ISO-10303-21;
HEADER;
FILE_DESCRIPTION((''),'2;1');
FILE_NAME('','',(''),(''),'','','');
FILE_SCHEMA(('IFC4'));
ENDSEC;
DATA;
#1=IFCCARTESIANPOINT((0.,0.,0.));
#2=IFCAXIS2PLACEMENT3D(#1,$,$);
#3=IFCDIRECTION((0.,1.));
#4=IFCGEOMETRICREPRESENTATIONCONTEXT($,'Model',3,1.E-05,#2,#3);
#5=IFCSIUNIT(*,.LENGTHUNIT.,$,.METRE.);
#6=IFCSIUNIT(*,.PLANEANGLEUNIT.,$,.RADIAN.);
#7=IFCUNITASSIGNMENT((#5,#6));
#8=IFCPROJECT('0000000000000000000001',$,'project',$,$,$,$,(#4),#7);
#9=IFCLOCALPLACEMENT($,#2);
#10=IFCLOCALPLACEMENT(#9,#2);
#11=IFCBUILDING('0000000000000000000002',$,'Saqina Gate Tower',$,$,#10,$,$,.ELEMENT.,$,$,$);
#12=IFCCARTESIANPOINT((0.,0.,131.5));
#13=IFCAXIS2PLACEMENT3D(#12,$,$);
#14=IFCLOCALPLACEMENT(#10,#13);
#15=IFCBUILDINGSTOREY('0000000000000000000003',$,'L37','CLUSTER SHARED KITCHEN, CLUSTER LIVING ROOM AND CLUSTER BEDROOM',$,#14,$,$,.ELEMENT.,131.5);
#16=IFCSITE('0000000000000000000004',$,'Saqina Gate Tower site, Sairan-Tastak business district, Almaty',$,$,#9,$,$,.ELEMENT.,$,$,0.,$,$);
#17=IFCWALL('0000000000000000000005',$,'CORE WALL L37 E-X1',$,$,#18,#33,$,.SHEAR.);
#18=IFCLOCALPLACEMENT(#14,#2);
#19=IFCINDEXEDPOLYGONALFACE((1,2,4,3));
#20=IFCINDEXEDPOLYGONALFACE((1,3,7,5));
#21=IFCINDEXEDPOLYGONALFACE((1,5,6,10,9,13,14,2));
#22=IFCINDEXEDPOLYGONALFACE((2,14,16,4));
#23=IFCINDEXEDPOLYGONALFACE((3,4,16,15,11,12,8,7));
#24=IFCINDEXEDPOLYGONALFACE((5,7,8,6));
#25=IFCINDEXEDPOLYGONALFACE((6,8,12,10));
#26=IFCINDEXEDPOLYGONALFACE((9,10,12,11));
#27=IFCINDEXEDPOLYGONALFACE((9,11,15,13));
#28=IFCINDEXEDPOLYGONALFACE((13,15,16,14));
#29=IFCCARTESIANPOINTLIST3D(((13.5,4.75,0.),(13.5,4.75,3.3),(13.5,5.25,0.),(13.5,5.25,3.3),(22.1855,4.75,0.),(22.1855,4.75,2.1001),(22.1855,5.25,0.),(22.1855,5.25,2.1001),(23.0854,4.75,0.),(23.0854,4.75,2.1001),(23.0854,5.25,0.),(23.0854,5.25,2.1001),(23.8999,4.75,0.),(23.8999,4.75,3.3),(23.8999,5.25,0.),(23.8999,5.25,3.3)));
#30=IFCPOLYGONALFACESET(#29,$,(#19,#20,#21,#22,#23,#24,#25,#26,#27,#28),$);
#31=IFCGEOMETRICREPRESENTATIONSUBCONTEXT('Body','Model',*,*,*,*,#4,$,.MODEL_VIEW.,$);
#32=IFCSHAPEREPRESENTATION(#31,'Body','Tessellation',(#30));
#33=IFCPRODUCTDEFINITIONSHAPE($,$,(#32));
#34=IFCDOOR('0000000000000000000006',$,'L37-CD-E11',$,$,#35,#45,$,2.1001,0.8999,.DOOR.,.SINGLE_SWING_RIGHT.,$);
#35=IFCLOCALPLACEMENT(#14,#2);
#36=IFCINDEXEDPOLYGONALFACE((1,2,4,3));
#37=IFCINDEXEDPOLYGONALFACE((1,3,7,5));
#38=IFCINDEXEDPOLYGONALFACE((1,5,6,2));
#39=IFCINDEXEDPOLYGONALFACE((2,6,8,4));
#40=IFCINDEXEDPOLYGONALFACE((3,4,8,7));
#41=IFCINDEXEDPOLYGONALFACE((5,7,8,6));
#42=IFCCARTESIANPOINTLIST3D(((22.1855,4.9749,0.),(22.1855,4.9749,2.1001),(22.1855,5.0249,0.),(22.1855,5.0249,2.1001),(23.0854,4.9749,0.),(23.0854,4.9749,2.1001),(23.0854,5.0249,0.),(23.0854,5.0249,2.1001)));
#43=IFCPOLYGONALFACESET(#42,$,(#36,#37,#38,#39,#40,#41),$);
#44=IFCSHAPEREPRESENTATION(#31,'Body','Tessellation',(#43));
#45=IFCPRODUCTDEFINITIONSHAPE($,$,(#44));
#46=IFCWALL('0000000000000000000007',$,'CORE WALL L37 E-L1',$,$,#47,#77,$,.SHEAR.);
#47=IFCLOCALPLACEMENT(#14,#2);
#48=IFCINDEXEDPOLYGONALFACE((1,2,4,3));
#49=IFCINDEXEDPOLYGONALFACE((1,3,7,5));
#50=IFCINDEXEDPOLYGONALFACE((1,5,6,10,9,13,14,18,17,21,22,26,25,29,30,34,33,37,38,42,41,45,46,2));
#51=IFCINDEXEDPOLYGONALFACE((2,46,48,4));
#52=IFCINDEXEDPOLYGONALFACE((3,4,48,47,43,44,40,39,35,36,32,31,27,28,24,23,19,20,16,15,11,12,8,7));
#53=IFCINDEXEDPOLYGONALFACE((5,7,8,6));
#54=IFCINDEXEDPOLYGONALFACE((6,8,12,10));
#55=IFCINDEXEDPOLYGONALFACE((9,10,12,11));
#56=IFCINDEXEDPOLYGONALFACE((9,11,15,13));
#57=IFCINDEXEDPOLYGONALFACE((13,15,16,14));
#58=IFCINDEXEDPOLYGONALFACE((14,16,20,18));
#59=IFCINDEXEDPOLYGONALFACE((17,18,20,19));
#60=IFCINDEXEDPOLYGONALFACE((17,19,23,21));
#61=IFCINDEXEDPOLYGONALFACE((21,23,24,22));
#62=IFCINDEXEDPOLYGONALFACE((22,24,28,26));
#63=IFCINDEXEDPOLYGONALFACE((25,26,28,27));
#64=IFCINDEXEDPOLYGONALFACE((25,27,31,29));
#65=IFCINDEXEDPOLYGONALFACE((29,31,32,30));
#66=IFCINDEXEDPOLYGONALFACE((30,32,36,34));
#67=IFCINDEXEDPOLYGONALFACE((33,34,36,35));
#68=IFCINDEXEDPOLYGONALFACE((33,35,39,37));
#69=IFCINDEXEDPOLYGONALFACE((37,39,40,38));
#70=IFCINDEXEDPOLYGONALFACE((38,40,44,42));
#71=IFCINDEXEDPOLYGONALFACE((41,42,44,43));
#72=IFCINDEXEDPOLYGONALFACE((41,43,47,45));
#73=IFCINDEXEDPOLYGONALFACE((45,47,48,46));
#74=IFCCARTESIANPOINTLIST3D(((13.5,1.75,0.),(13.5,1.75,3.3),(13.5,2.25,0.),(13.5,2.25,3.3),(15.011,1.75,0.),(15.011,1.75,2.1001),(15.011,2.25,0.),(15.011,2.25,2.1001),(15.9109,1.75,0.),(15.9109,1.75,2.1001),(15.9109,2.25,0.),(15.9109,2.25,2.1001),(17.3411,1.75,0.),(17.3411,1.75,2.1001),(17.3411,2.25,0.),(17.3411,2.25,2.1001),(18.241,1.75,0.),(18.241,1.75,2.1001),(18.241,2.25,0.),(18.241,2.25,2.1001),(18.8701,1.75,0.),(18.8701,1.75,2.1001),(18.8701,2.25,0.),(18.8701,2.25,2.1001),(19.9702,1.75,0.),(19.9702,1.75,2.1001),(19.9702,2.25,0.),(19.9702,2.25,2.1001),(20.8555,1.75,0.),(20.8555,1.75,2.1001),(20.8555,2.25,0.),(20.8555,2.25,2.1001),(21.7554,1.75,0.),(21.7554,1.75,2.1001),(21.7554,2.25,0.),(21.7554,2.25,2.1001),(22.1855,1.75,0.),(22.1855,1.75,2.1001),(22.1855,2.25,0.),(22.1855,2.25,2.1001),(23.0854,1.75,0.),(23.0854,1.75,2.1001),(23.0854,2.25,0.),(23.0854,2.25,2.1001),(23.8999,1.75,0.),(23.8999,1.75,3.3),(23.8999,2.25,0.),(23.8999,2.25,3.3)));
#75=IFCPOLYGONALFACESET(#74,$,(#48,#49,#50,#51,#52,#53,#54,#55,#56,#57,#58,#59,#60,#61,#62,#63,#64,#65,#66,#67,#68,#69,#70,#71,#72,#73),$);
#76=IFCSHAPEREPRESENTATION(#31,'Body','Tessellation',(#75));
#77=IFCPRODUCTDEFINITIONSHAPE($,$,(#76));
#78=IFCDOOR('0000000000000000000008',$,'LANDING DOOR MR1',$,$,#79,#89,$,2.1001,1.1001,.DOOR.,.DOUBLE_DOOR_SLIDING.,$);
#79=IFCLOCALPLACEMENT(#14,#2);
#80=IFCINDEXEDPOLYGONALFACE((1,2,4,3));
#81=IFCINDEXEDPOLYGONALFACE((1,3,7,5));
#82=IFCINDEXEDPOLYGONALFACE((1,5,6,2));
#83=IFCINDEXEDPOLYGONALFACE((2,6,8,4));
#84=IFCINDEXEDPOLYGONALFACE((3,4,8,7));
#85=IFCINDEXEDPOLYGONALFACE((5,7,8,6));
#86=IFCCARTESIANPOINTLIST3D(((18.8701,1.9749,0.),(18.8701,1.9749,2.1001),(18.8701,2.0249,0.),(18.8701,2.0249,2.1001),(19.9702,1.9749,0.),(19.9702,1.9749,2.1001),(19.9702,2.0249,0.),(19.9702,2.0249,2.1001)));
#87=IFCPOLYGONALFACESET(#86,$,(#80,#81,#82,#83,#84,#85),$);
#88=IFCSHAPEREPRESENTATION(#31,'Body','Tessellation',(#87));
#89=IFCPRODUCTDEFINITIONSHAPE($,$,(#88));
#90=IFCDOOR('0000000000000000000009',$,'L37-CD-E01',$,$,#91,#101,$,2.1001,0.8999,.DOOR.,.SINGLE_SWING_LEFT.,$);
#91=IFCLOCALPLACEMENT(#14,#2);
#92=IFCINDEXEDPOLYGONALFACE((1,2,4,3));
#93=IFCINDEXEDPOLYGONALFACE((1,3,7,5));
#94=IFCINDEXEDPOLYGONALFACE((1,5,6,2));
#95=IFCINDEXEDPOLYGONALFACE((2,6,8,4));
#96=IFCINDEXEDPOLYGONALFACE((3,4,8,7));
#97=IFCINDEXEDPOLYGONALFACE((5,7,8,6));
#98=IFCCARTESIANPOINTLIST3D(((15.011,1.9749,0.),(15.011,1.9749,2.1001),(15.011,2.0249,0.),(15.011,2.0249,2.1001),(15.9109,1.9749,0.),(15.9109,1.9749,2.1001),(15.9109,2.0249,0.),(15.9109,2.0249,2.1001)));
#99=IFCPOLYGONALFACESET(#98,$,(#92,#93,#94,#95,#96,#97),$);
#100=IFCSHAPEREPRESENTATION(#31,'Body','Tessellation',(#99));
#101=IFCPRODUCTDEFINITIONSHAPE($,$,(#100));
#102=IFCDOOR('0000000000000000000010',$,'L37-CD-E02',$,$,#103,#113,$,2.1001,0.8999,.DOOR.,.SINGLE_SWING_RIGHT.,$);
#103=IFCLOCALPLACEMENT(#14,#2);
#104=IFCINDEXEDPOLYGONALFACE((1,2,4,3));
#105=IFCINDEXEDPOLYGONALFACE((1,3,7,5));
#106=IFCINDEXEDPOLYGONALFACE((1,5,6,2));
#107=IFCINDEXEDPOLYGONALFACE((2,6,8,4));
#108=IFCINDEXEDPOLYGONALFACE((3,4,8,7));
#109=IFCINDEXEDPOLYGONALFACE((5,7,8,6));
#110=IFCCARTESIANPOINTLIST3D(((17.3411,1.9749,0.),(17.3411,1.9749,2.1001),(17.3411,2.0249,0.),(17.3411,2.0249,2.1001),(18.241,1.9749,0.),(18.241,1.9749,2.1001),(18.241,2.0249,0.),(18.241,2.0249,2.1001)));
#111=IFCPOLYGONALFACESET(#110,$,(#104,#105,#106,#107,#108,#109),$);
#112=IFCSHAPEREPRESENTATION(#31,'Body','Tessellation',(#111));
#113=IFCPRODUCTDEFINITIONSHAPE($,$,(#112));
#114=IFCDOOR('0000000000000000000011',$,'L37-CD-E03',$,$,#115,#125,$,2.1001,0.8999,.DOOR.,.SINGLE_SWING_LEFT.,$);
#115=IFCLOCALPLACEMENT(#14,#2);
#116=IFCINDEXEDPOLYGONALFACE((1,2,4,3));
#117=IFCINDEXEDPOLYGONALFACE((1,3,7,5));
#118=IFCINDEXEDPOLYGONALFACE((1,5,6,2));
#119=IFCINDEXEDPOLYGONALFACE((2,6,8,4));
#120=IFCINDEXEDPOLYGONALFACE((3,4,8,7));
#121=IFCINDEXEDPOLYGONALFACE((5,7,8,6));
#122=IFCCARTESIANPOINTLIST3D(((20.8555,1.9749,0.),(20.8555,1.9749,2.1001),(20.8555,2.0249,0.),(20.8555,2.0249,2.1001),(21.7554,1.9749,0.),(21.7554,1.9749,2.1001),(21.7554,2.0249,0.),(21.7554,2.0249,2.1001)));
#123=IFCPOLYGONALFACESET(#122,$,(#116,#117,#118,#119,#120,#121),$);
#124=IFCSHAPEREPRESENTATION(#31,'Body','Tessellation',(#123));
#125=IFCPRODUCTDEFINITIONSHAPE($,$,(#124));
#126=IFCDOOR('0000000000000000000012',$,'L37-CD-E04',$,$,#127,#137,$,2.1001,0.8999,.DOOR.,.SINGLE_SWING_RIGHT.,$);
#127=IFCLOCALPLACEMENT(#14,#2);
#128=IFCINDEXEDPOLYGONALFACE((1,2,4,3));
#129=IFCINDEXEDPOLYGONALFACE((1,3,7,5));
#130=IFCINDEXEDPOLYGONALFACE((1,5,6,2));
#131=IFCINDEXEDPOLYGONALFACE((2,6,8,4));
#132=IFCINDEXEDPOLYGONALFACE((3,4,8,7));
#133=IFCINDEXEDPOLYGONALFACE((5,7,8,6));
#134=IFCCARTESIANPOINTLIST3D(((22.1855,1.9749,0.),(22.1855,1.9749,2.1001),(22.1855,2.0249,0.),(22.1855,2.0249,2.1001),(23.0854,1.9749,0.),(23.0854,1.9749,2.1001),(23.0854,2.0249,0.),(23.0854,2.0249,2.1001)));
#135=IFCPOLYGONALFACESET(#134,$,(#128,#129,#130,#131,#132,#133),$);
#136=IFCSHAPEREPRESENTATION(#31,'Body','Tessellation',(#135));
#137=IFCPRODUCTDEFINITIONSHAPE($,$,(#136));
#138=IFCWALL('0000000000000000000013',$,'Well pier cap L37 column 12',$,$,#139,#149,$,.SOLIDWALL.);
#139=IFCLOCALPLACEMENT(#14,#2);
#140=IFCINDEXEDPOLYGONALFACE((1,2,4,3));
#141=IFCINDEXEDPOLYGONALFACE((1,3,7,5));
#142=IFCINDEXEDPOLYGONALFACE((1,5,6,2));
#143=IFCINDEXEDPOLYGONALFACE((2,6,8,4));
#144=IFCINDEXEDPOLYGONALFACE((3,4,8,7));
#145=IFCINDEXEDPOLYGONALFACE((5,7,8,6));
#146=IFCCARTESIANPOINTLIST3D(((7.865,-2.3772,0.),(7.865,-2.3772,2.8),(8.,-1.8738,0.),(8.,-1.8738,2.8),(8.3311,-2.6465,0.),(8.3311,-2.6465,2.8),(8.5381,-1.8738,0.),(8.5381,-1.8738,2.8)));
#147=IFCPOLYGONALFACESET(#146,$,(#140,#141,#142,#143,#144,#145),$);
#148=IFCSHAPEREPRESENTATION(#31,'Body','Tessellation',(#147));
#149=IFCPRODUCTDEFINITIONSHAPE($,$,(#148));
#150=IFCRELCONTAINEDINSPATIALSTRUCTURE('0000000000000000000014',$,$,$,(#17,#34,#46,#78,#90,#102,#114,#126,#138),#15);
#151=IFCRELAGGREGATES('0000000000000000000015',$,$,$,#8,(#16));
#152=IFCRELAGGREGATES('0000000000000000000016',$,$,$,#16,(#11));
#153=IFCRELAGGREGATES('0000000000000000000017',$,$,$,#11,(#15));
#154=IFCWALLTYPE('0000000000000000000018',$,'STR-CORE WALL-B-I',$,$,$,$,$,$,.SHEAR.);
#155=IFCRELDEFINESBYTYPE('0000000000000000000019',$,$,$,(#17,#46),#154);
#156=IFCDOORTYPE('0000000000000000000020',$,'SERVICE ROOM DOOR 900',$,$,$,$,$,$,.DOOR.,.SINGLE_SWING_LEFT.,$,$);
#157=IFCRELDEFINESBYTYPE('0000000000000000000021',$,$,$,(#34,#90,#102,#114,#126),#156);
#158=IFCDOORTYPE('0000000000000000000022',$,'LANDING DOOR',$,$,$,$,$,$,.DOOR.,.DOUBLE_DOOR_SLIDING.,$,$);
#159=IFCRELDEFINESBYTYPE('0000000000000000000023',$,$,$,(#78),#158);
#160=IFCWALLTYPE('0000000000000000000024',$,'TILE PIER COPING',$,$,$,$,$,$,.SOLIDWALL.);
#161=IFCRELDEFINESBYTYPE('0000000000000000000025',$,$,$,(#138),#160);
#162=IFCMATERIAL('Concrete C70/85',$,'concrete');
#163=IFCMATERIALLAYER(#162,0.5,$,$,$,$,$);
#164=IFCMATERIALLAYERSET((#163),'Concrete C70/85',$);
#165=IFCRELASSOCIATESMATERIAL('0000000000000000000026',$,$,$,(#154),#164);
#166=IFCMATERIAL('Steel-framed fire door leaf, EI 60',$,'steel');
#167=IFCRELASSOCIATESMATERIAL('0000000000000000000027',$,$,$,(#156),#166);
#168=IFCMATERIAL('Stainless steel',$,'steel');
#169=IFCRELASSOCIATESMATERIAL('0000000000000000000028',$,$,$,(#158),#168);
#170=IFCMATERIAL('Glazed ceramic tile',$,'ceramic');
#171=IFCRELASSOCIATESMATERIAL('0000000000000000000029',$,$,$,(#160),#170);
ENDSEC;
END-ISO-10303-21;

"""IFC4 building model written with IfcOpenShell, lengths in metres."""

from ifc_helpers import new_model, si_unit, direction, frame, frame_2d, origin, place, context, subcontext, project, spatial, polyline, rectangle, outline, extrude, material, layer, layer_set, type_object, element, fill, save


model = new_model("IFC4")

# Units and contexts
model_context = context("Model", 3, precision=1e-05, world=origin(), true_north=direction((0.0, 1.0)))
body_context = subcontext(model_context, "Body", "Model", "MODEL_VIEW")
ifc_project = project(units=[si_unit("LENGTHUNIT", "METRE"), si_unit("PLANEANGLEUNIT", "RADIAN")], contexts=[model_context])

# Site, building, storey
site_placement = place(None, origin())
site = spatial("IfcSite", under=ifc_project, at=site_placement, Name="Saqina Gate Tower site, Sairan-Tastak business district, Almaty", CompositionType="ELEMENT", RefElevation=0.0)
building_placement = place(site_placement, origin())
building = spatial("IfcBuilding", under=site, at=building_placement, Name="Saqina Gate Tower", CompositionType="ELEMENT")
storey_placement = place(building_placement, frame((0.0, 0.0, 131.5)))
storey = spatial("IfcBuildingStorey", under=building, at=storey_placement, Name="L37", Description="CLUSTER SHARED KITCHEN, CLUSTER LIVING ROOM AND CLUSTER BEDROOM", CompositionType="ELEMENT", Elevation=131.5)

# Wall, opening, door
ifc_material_1 = material(Name="Concrete C70/85", Category="concrete")
ifc_layer_1 = layer(ifc_material_1, 0.5)
ifc_layer_set_1 = layer_set([ifc_layer_1], Name="Concrete C70/85")
wall_type_1 = type_object("IfcWallType", Name="STR-CORE WALL-B-I", PredefinedType="SHEAR", material=ifc_layer_set_1)
wall_1_placement = place(storey_placement, frame((13.5, 5.0, 0.0), z_axis=(0.0, 0.0, 1.0), x_axis=(1.0, 0.0, 0.0)))
wall_1 = element("IfcWall", 1, at=wall_1_placement, inside=storey, type_object=wall_type_1, Name="CORE WALL L37 E-X1", PredefinedType="SHEAR", context=body_context, shape_type="SweptSolid", body=[
    extrude(rectangle(XDim=10.3999, YDim=0.5, at=frame_2d((5.2, 0.0))), origin(), (0.0, 0.0, 1.0), 3.3),
])
opening_1_placement = place(wall_1_placement, frame((8.6855, 0.0, 0.0)))
opening_1 = element("IfcOpeningElement", 2, at=opening_1_placement, cuts=wall_1, PredefinedType="OPENING", context=body_context, shape_type="SweptSolid", body=[
    extrude(rectangle(XDim=0.8999, YDim=2.1001, at=frame_2d((0.45, 1.05))), frame((0.0, 0.262, 0.0), z_axis=(0.0, -1.0, 0.0), x_axis=(1.0, 0.0, 0.0)), (0.0, 0.0, 1.0), 0.5239),
])
ifc_material_2 = material(Name="Steel-framed fire door leaf, EI 60", Category="steel")
door_type_1 = type_object("IfcDoorType", Name="SERVICE ROOM DOOR 900", OperationType="SINGLE_SWING_LEFT", PredefinedType="DOOR", material=ifc_material_2)
door_1_placement = place(opening_1_placement, origin())
door_1 = element("IfcDoor", 3, at=door_1_placement, inside=storey, type_object=door_type_1, Name="L37-CD-E11", OperationType="SINGLE_SWING_RIGHT", OverallHeight=2.1001, OverallWidth=0.8999, PredefinedType="DOOR", context=body_context, shape_type="SweptSolid", body=[
    extrude(rectangle(XDim=0.8999, YDim=2.1001, at=frame_2d((0.45, 1.05))), frame((0.0, 0.0249, 0.0), z_axis=(0.0, -1.0, 0.0), x_axis=(1.0, 0.0, 0.0)), (0.0, 0.0, 1.0), 0.05),
])
fill(opening_1, door_1)

# Wall, openings, doors
wall_2_placement = place(storey_placement, frame((13.5, 2.0, 0.0), z_axis=(0.0, 0.0, 1.0), x_axis=(1.0, 0.0, 0.0)))
wall_2 = element("IfcWall", 4, at=wall_2_placement, inside=storey, type_object=wall_type_1, Name="CORE WALL L37 E-L1", PredefinedType="SHEAR", context=body_context, shape_type="SweptSolid", body=[
    extrude(rectangle(XDim=10.3999, YDim=0.5, at=frame_2d((5.2, 0.0))), origin(), (0.0, 0.0, 1.0), 3.3),
])
opening_2_placement = place(wall_2_placement, frame((5.3701, 0.0, 0.0)))
opening_2 = element("IfcOpeningElement", 5, at=opening_2_placement, cuts=wall_2, PredefinedType="OPENING", context=body_context, shape_type="SweptSolid", body=[
    extrude(rectangle(XDim=1.1001, YDim=2.1001, at=frame_2d((0.55, 1.05))), frame((0.0, 0.262, 0.0), z_axis=(0.0, -1.0, 0.0), x_axis=(1.0, 0.0, 0.0)), (0.0, 0.0, 1.0), 0.5239),
])
opening_3_placement = place(wall_2_placement, frame((1.511, 0.0, 0.0)))
opening_3 = element("IfcOpeningElement", 6, at=opening_3_placement, cuts=wall_2, PredefinedType="OPENING", context=body_context, shape_type="SweptSolid", body=[
    extrude(rectangle(XDim=0.8999, YDim=2.1001, at=frame_2d((0.45, 1.05))), frame((0.0, 0.262, 0.0), z_axis=(0.0, -1.0, 0.0), x_axis=(1.0, 0.0, 0.0)), (0.0, 0.0, 1.0), 0.5239),
])
opening_4_placement = place(wall_2_placement, frame((3.8411, 0.0, 0.0)))
opening_4 = element("IfcOpeningElement", 7, at=opening_4_placement, cuts=wall_2, PredefinedType="OPENING", context=body_context, shape_type="SweptSolid", body=[
    extrude(rectangle(XDim=0.8999, YDim=2.1001, at=frame_2d((0.45, 1.05))), frame((0.0, 0.262, 0.0), z_axis=(0.0, -1.0, 0.0), x_axis=(1.0, 0.0, 0.0)), (0.0, 0.0, 1.0), 0.5239),
])
opening_5_placement = place(wall_2_placement, frame((7.3555, 0.0, 0.0)))
opening_5 = element("IfcOpeningElement", 8, at=opening_5_placement, cuts=wall_2, PredefinedType="OPENING", context=body_context, shape_type="SweptSolid", body=[
    extrude(rectangle(XDim=0.8999, YDim=2.1001, at=frame_2d((0.45, 1.05))), frame((0.0, 0.262, 0.0), z_axis=(0.0, -1.0, 0.0), x_axis=(1.0, 0.0, 0.0)), (0.0, 0.0, 1.0), 0.5239),
])
opening_6_placement = place(wall_2_placement, frame((8.6855, 0.0, 0.0)))
opening_6 = element("IfcOpeningElement", 9, at=opening_6_placement, cuts=wall_2, PredefinedType="OPENING", context=body_context, shape_type="SweptSolid", body=[
    extrude(rectangle(XDim=0.8999, YDim=2.1001, at=frame_2d((0.45, 1.05))), frame((0.0, 0.262, 0.0), z_axis=(0.0, -1.0, 0.0), x_axis=(1.0, 0.0, 0.0)), (0.0, 0.0, 1.0), 0.5239),
])
ifc_material_3 = material(Name="Stainless steel", Category="steel")
door_type_2 = type_object("IfcDoorType", Name="LANDING DOOR", OperationType="DOUBLE_DOOR_SLIDING", PredefinedType="DOOR", material=ifc_material_3)
door_2_placement = place(opening_2_placement, origin())
door_2 = element("IfcDoor", 10, at=door_2_placement, inside=storey, type_object=door_type_2, Name="LANDING DOOR MR1", OperationType="DOUBLE_DOOR_SLIDING", OverallHeight=2.1001, OverallWidth=1.1001, PredefinedType="DOOR", context=body_context, shape_type="SweptSolid", body=[
    extrude(rectangle(XDim=1.1001, YDim=2.1001, at=frame_2d((0.55, 1.05))), frame((0.0, 0.0249, 0.0), z_axis=(0.0, -1.0, 0.0), x_axis=(1.0, 0.0, 0.0)), (0.0, 0.0, 1.0), 0.05),
])
fill(opening_2, door_2)
door_3_placement = place(opening_3_placement, origin())
door_3 = element("IfcDoor", 11, at=door_3_placement, inside=storey, type_object=door_type_1, Name="L37-CD-E01", OperationType="SINGLE_SWING_LEFT", OverallHeight=2.1001, OverallWidth=0.8999, PredefinedType="DOOR", context=body_context, shape_type="SweptSolid", body=[
    extrude(rectangle(XDim=0.8999, YDim=2.1001, at=frame_2d((0.45, 1.05))), frame((0.0, 0.0249, 0.0), z_axis=(0.0, -1.0, 0.0), x_axis=(1.0, 0.0, 0.0)), (0.0, 0.0, 1.0), 0.05),
])
fill(opening_3, door_3)
door_4_placement = place(opening_4_placement, origin())
door_4 = element("IfcDoor", 12, at=door_4_placement, inside=storey, type_object=door_type_1, Name="L37-CD-E02", OperationType="SINGLE_SWING_RIGHT", OverallHeight=2.1001, OverallWidth=0.8999, PredefinedType="DOOR", context=body_context, shape_type="SweptSolid", body=[
    extrude(rectangle(XDim=0.8999, YDim=2.1001, at=frame_2d((0.45, 1.05))), frame((0.0, 0.0249, 0.0), z_axis=(0.0, -1.0, 0.0), x_axis=(1.0, 0.0, 0.0)), (0.0, 0.0, 1.0), 0.05),
])
fill(opening_4, door_4)
door_5_placement = place(opening_5_placement, origin())
door_5 = element("IfcDoor", 13, at=door_5_placement, inside=storey, type_object=door_type_1, Name="L37-CD-E03", OperationType="SINGLE_SWING_LEFT", OverallHeight=2.1001, OverallWidth=0.8999, PredefinedType="DOOR", context=body_context, shape_type="SweptSolid", body=[
    extrude(rectangle(XDim=0.8999, YDim=2.1001, at=frame_2d((0.45, 1.05))), frame((0.0, 0.0249, 0.0), z_axis=(0.0, -1.0, 0.0), x_axis=(1.0, 0.0, 0.0)), (0.0, 0.0, 1.0), 0.05),
])
fill(opening_5, door_5)
door_6_placement = place(opening_6_placement, origin())
door_6 = element("IfcDoor", 14, at=door_6_placement, inside=storey, type_object=door_type_1, Name="L37-CD-E04", OperationType="SINGLE_SWING_RIGHT", OverallHeight=2.1001, OverallWidth=0.8999, PredefinedType="DOOR", context=body_context, shape_type="SweptSolid", body=[
    extrude(rectangle(XDim=0.8999, YDim=2.1001, at=frame_2d((0.45, 1.05))), frame((0.0, 0.0249, 0.0), z_axis=(0.0, -1.0, 0.0), x_axis=(1.0, 0.0, 0.0)), (0.0, 0.0, 1.0), 0.05),
])
fill(opening_6, door_6)

# Wall
ifc_material_4 = material(Name="Glazed ceramic tile", Category="ceramic")
wall_type_2 = type_object("IfcWallType", Name="TILE PIER COPING", PredefinedType="SOLIDWALL", material=ifc_material_4)
wall_3_placement = place(storey_placement, origin())
element("IfcWall", 15, at=wall_3_placement, inside=storey, type_object=wall_type_2, Name="Well pier cap L37 column 12", PredefinedType="SOLIDWALL", context=body_context, shape_type="SweptSolid", body=[
    extrude(outline(polyline([(8.5381, -1.8738), (8.0, -1.8738), (7.865, -2.3772), (8.3311, -2.6465), (8.5381, -1.8738)])), origin(), (0.0, 0.0, 1.0), 2.8),
])

save(model, "model.ifc")
